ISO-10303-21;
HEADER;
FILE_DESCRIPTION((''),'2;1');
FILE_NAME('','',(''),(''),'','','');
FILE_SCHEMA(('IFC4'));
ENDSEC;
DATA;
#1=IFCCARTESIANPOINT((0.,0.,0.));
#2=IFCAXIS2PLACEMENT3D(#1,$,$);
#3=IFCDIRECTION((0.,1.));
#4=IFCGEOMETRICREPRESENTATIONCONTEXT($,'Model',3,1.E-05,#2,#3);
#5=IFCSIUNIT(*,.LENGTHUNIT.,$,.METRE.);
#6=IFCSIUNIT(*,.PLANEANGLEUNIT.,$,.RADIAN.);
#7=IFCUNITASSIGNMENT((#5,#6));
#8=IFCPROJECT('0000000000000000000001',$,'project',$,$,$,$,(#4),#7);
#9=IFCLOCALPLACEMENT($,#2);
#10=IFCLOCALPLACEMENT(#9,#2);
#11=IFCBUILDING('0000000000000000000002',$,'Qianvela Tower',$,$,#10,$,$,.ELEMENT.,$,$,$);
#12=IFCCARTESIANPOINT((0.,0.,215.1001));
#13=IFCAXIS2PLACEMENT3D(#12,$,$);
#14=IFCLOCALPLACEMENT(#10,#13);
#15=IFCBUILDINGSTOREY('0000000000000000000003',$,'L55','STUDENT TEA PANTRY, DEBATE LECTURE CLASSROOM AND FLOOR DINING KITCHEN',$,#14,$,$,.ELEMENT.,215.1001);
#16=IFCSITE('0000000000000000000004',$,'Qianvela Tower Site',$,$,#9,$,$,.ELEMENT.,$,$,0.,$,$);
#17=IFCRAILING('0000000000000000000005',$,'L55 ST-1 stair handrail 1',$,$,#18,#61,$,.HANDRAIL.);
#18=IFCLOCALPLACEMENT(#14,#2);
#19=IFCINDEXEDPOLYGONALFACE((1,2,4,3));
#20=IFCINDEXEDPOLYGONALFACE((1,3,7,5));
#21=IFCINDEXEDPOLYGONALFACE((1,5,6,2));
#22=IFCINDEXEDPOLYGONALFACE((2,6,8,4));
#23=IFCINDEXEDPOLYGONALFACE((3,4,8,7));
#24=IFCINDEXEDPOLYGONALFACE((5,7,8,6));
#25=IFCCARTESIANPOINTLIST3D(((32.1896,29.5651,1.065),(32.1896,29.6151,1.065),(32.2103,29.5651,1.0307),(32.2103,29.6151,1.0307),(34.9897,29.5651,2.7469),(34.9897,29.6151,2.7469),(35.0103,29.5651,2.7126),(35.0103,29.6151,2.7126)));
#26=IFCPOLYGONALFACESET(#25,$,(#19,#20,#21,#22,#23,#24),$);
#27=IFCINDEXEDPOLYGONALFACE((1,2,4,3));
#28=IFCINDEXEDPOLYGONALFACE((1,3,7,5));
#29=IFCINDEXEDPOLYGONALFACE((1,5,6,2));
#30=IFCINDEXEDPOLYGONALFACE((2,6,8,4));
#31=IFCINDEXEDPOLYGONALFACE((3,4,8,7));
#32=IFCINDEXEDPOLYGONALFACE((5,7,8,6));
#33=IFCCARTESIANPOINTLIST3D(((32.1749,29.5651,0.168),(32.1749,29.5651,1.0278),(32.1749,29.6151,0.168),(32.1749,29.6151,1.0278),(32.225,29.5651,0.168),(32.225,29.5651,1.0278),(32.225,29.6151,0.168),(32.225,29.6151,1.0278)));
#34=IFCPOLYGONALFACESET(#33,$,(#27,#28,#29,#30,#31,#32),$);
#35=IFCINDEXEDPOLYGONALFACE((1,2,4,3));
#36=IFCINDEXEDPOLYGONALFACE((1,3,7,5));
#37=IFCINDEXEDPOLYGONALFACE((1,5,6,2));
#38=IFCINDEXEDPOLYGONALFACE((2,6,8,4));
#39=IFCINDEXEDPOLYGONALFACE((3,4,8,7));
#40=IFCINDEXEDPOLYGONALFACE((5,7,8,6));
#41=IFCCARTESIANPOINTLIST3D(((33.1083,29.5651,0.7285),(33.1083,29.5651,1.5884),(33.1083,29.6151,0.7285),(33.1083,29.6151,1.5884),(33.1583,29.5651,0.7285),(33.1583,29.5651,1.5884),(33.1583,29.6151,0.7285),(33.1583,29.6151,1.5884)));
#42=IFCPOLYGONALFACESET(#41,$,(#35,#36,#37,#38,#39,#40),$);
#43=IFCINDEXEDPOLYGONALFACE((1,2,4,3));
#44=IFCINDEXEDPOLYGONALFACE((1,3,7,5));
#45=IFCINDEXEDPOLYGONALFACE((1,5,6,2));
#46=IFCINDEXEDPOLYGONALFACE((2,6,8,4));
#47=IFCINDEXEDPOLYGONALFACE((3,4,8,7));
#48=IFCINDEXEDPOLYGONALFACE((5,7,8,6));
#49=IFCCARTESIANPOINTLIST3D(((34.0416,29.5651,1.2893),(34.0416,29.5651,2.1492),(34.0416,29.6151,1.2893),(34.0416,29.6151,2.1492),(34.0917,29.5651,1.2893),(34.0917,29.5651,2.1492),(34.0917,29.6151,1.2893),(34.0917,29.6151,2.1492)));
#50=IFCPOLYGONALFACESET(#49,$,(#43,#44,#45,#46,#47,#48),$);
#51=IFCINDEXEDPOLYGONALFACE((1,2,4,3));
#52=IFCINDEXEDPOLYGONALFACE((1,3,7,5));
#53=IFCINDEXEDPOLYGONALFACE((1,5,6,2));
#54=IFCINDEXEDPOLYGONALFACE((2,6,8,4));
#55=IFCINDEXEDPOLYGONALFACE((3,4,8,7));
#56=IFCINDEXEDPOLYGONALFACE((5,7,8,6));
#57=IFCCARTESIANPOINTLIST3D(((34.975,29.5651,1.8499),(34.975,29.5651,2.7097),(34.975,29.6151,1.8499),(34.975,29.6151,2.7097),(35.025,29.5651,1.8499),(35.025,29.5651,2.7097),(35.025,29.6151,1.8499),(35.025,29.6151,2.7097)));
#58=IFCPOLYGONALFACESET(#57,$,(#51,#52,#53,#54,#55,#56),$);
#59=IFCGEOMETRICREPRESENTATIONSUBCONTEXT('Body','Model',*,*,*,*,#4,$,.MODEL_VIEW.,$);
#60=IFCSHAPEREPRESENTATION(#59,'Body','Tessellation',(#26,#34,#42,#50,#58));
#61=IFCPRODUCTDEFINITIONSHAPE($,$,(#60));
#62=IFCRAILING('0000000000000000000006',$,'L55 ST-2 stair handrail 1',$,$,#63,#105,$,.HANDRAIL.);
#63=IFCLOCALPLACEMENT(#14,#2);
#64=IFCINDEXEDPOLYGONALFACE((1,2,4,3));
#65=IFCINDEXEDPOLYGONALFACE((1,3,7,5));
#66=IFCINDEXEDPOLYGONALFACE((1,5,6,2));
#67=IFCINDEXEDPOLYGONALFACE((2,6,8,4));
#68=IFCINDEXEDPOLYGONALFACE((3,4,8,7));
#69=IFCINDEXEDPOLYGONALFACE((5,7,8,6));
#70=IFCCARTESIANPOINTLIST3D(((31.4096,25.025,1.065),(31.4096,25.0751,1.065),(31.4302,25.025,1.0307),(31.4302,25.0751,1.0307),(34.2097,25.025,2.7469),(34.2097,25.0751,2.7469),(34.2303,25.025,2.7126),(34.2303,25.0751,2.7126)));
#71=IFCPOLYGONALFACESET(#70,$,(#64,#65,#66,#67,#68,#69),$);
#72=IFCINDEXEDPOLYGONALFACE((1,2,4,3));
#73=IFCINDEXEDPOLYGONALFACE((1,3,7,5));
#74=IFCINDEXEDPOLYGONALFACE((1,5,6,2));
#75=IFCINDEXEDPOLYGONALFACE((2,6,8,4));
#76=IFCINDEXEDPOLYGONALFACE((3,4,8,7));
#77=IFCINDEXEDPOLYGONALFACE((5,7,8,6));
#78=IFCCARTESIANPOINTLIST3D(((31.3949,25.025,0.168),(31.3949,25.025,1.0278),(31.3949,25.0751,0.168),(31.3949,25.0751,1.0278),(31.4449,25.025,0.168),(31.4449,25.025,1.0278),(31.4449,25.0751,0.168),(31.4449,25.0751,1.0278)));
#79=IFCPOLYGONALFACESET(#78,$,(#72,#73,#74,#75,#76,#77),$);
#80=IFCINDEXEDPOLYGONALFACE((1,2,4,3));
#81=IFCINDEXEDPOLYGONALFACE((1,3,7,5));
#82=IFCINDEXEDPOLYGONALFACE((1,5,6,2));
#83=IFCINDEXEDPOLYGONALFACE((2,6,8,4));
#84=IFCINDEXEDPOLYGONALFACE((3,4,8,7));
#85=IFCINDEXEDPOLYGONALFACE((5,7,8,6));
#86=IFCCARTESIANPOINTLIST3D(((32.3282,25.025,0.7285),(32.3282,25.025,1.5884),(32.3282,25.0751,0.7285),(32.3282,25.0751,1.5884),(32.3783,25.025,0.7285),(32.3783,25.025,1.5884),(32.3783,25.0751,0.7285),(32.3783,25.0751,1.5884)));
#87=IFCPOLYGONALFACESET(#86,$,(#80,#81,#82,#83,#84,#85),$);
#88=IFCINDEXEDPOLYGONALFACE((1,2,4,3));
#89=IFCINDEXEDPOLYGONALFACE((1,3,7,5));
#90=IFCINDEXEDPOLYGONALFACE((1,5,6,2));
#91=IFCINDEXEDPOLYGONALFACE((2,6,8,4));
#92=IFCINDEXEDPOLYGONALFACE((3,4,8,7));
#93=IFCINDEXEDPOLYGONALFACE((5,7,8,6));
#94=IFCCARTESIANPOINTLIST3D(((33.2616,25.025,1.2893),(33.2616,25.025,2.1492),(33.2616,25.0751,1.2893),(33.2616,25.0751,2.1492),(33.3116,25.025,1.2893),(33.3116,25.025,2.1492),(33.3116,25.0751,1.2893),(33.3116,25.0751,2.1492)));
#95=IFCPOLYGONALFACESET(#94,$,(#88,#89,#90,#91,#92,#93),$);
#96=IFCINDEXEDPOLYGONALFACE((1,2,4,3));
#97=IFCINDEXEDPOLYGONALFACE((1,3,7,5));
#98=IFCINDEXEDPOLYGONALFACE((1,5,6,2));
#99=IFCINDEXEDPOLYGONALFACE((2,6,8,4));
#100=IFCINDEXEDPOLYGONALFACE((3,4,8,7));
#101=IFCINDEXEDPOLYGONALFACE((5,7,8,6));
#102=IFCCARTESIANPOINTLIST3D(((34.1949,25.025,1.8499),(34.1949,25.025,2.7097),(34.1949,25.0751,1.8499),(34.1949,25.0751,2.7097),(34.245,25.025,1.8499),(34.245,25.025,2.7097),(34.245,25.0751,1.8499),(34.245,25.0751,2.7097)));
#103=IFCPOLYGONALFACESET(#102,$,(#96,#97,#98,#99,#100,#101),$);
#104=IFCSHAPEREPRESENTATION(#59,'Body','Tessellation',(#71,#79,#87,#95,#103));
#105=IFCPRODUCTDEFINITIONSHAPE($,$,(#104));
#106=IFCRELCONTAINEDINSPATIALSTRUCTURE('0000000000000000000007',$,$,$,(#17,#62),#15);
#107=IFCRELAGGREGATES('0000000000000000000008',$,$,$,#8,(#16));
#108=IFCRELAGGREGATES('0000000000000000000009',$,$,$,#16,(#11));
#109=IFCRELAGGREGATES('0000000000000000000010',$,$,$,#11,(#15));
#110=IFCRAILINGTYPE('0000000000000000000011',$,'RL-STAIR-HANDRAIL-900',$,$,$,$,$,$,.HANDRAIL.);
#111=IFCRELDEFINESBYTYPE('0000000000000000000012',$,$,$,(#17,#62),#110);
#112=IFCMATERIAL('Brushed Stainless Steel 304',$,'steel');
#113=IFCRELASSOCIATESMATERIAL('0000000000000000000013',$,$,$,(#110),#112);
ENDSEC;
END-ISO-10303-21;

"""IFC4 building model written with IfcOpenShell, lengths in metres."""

from ifc_helpers import new_model, si_unit, direction, frame, origin, origin_2d, place, context, subcontext, project, spatial, rectangle, extrude, material, type_object, element, save


model = new_model("IFC4")

# Units and contexts
model_context = context("Model", 3, precision=1e-05, world=origin(), true_north=direction((0.0, 1.0)))
body_context = subcontext(model_context, "Body", "Model", "MODEL_VIEW")
ifc_project = project(units=[si_unit("LENGTHUNIT", "METRE"), si_unit("PLANEANGLEUNIT", "RADIAN")], contexts=[model_context])

# Site, building, storey
site_placement = place(None, origin())
site = spatial("IfcSite", under=ifc_project, at=site_placement, Name="Qianvela Tower Site", CompositionType="ELEMENT", RefElevation=0.0)
building_placement = place(site_placement, origin())
building = spatial("IfcBuilding", under=site, at=building_placement, Name="Qianvela Tower", CompositionType="ELEMENT")
storey_placement = place(building_placement, frame((0.0, 0.0, 215.1001)))
storey = spatial("IfcBuildingStorey", under=building, at=storey_placement, Name="L55", Description="STUDENT TEA PANTRY, DEBATE LECTURE CLASSROOM AND FLOOR DINING KITCHEN", CompositionType="ELEMENT", Elevation=215.1001)

# Railings
ifc_material_1 = material(Name="Brushed Stainless Steel 304", Category="steel")
railing_type_1 = type_object("IfcRailingType", Name="RL-STAIR-HANDRAIL-900", PredefinedType="HANDRAIL", material=ifc_material_1)
for number, where, name in (
    (1, (32.2, 29.5901, 0.168), "L55 ST-1 stair handrail 1"),
    (2, (31.4199, 25.05, 0.168), "L55 ST-2 stair handrail 1"),
):
    element("IfcRailing", number, at=place(storey_placement, frame(where)), inside=storey, type_object=railing_type_1, Name=name, PredefinedType="HANDRAIL", context=body_context, shape_type="SweptSolid", body=[
        extrude(rectangle(XDim=0.05, YDim=0.04, at=origin_2d()), frame((0.0, 0.0, 0.8799), z_axis=(0.857242, 0.0, 0.514913), x_axis=(0.0, 1.0, 0.0)), (0.0, 0.0, 1.0), 3.2664),
        extrude(rectangle(XDim=0.05, YDim=0.05, at=origin_2d()), origin(), (0.0, 0.0, 1.0), 0.8599),
        extrude(rectangle(XDim=0.05, YDim=0.05, at=origin_2d()), frame((0.9333, 0.0, 0.5605)), (0.0, 0.0, 1.0), 0.8599),
        extrude(rectangle(XDim=0.05, YDim=0.05, at=origin_2d()), frame((1.8667, 0.0, 1.1213)), (0.0, 0.0, 1.0), 0.8599),
        extrude(rectangle(XDim=0.05, YDim=0.05, at=origin_2d()), frame((2.8, 0.0, 1.6819)), (0.0, 0.0, 1.0), 0.8599),
    ])

save(model, "model.ifc")
